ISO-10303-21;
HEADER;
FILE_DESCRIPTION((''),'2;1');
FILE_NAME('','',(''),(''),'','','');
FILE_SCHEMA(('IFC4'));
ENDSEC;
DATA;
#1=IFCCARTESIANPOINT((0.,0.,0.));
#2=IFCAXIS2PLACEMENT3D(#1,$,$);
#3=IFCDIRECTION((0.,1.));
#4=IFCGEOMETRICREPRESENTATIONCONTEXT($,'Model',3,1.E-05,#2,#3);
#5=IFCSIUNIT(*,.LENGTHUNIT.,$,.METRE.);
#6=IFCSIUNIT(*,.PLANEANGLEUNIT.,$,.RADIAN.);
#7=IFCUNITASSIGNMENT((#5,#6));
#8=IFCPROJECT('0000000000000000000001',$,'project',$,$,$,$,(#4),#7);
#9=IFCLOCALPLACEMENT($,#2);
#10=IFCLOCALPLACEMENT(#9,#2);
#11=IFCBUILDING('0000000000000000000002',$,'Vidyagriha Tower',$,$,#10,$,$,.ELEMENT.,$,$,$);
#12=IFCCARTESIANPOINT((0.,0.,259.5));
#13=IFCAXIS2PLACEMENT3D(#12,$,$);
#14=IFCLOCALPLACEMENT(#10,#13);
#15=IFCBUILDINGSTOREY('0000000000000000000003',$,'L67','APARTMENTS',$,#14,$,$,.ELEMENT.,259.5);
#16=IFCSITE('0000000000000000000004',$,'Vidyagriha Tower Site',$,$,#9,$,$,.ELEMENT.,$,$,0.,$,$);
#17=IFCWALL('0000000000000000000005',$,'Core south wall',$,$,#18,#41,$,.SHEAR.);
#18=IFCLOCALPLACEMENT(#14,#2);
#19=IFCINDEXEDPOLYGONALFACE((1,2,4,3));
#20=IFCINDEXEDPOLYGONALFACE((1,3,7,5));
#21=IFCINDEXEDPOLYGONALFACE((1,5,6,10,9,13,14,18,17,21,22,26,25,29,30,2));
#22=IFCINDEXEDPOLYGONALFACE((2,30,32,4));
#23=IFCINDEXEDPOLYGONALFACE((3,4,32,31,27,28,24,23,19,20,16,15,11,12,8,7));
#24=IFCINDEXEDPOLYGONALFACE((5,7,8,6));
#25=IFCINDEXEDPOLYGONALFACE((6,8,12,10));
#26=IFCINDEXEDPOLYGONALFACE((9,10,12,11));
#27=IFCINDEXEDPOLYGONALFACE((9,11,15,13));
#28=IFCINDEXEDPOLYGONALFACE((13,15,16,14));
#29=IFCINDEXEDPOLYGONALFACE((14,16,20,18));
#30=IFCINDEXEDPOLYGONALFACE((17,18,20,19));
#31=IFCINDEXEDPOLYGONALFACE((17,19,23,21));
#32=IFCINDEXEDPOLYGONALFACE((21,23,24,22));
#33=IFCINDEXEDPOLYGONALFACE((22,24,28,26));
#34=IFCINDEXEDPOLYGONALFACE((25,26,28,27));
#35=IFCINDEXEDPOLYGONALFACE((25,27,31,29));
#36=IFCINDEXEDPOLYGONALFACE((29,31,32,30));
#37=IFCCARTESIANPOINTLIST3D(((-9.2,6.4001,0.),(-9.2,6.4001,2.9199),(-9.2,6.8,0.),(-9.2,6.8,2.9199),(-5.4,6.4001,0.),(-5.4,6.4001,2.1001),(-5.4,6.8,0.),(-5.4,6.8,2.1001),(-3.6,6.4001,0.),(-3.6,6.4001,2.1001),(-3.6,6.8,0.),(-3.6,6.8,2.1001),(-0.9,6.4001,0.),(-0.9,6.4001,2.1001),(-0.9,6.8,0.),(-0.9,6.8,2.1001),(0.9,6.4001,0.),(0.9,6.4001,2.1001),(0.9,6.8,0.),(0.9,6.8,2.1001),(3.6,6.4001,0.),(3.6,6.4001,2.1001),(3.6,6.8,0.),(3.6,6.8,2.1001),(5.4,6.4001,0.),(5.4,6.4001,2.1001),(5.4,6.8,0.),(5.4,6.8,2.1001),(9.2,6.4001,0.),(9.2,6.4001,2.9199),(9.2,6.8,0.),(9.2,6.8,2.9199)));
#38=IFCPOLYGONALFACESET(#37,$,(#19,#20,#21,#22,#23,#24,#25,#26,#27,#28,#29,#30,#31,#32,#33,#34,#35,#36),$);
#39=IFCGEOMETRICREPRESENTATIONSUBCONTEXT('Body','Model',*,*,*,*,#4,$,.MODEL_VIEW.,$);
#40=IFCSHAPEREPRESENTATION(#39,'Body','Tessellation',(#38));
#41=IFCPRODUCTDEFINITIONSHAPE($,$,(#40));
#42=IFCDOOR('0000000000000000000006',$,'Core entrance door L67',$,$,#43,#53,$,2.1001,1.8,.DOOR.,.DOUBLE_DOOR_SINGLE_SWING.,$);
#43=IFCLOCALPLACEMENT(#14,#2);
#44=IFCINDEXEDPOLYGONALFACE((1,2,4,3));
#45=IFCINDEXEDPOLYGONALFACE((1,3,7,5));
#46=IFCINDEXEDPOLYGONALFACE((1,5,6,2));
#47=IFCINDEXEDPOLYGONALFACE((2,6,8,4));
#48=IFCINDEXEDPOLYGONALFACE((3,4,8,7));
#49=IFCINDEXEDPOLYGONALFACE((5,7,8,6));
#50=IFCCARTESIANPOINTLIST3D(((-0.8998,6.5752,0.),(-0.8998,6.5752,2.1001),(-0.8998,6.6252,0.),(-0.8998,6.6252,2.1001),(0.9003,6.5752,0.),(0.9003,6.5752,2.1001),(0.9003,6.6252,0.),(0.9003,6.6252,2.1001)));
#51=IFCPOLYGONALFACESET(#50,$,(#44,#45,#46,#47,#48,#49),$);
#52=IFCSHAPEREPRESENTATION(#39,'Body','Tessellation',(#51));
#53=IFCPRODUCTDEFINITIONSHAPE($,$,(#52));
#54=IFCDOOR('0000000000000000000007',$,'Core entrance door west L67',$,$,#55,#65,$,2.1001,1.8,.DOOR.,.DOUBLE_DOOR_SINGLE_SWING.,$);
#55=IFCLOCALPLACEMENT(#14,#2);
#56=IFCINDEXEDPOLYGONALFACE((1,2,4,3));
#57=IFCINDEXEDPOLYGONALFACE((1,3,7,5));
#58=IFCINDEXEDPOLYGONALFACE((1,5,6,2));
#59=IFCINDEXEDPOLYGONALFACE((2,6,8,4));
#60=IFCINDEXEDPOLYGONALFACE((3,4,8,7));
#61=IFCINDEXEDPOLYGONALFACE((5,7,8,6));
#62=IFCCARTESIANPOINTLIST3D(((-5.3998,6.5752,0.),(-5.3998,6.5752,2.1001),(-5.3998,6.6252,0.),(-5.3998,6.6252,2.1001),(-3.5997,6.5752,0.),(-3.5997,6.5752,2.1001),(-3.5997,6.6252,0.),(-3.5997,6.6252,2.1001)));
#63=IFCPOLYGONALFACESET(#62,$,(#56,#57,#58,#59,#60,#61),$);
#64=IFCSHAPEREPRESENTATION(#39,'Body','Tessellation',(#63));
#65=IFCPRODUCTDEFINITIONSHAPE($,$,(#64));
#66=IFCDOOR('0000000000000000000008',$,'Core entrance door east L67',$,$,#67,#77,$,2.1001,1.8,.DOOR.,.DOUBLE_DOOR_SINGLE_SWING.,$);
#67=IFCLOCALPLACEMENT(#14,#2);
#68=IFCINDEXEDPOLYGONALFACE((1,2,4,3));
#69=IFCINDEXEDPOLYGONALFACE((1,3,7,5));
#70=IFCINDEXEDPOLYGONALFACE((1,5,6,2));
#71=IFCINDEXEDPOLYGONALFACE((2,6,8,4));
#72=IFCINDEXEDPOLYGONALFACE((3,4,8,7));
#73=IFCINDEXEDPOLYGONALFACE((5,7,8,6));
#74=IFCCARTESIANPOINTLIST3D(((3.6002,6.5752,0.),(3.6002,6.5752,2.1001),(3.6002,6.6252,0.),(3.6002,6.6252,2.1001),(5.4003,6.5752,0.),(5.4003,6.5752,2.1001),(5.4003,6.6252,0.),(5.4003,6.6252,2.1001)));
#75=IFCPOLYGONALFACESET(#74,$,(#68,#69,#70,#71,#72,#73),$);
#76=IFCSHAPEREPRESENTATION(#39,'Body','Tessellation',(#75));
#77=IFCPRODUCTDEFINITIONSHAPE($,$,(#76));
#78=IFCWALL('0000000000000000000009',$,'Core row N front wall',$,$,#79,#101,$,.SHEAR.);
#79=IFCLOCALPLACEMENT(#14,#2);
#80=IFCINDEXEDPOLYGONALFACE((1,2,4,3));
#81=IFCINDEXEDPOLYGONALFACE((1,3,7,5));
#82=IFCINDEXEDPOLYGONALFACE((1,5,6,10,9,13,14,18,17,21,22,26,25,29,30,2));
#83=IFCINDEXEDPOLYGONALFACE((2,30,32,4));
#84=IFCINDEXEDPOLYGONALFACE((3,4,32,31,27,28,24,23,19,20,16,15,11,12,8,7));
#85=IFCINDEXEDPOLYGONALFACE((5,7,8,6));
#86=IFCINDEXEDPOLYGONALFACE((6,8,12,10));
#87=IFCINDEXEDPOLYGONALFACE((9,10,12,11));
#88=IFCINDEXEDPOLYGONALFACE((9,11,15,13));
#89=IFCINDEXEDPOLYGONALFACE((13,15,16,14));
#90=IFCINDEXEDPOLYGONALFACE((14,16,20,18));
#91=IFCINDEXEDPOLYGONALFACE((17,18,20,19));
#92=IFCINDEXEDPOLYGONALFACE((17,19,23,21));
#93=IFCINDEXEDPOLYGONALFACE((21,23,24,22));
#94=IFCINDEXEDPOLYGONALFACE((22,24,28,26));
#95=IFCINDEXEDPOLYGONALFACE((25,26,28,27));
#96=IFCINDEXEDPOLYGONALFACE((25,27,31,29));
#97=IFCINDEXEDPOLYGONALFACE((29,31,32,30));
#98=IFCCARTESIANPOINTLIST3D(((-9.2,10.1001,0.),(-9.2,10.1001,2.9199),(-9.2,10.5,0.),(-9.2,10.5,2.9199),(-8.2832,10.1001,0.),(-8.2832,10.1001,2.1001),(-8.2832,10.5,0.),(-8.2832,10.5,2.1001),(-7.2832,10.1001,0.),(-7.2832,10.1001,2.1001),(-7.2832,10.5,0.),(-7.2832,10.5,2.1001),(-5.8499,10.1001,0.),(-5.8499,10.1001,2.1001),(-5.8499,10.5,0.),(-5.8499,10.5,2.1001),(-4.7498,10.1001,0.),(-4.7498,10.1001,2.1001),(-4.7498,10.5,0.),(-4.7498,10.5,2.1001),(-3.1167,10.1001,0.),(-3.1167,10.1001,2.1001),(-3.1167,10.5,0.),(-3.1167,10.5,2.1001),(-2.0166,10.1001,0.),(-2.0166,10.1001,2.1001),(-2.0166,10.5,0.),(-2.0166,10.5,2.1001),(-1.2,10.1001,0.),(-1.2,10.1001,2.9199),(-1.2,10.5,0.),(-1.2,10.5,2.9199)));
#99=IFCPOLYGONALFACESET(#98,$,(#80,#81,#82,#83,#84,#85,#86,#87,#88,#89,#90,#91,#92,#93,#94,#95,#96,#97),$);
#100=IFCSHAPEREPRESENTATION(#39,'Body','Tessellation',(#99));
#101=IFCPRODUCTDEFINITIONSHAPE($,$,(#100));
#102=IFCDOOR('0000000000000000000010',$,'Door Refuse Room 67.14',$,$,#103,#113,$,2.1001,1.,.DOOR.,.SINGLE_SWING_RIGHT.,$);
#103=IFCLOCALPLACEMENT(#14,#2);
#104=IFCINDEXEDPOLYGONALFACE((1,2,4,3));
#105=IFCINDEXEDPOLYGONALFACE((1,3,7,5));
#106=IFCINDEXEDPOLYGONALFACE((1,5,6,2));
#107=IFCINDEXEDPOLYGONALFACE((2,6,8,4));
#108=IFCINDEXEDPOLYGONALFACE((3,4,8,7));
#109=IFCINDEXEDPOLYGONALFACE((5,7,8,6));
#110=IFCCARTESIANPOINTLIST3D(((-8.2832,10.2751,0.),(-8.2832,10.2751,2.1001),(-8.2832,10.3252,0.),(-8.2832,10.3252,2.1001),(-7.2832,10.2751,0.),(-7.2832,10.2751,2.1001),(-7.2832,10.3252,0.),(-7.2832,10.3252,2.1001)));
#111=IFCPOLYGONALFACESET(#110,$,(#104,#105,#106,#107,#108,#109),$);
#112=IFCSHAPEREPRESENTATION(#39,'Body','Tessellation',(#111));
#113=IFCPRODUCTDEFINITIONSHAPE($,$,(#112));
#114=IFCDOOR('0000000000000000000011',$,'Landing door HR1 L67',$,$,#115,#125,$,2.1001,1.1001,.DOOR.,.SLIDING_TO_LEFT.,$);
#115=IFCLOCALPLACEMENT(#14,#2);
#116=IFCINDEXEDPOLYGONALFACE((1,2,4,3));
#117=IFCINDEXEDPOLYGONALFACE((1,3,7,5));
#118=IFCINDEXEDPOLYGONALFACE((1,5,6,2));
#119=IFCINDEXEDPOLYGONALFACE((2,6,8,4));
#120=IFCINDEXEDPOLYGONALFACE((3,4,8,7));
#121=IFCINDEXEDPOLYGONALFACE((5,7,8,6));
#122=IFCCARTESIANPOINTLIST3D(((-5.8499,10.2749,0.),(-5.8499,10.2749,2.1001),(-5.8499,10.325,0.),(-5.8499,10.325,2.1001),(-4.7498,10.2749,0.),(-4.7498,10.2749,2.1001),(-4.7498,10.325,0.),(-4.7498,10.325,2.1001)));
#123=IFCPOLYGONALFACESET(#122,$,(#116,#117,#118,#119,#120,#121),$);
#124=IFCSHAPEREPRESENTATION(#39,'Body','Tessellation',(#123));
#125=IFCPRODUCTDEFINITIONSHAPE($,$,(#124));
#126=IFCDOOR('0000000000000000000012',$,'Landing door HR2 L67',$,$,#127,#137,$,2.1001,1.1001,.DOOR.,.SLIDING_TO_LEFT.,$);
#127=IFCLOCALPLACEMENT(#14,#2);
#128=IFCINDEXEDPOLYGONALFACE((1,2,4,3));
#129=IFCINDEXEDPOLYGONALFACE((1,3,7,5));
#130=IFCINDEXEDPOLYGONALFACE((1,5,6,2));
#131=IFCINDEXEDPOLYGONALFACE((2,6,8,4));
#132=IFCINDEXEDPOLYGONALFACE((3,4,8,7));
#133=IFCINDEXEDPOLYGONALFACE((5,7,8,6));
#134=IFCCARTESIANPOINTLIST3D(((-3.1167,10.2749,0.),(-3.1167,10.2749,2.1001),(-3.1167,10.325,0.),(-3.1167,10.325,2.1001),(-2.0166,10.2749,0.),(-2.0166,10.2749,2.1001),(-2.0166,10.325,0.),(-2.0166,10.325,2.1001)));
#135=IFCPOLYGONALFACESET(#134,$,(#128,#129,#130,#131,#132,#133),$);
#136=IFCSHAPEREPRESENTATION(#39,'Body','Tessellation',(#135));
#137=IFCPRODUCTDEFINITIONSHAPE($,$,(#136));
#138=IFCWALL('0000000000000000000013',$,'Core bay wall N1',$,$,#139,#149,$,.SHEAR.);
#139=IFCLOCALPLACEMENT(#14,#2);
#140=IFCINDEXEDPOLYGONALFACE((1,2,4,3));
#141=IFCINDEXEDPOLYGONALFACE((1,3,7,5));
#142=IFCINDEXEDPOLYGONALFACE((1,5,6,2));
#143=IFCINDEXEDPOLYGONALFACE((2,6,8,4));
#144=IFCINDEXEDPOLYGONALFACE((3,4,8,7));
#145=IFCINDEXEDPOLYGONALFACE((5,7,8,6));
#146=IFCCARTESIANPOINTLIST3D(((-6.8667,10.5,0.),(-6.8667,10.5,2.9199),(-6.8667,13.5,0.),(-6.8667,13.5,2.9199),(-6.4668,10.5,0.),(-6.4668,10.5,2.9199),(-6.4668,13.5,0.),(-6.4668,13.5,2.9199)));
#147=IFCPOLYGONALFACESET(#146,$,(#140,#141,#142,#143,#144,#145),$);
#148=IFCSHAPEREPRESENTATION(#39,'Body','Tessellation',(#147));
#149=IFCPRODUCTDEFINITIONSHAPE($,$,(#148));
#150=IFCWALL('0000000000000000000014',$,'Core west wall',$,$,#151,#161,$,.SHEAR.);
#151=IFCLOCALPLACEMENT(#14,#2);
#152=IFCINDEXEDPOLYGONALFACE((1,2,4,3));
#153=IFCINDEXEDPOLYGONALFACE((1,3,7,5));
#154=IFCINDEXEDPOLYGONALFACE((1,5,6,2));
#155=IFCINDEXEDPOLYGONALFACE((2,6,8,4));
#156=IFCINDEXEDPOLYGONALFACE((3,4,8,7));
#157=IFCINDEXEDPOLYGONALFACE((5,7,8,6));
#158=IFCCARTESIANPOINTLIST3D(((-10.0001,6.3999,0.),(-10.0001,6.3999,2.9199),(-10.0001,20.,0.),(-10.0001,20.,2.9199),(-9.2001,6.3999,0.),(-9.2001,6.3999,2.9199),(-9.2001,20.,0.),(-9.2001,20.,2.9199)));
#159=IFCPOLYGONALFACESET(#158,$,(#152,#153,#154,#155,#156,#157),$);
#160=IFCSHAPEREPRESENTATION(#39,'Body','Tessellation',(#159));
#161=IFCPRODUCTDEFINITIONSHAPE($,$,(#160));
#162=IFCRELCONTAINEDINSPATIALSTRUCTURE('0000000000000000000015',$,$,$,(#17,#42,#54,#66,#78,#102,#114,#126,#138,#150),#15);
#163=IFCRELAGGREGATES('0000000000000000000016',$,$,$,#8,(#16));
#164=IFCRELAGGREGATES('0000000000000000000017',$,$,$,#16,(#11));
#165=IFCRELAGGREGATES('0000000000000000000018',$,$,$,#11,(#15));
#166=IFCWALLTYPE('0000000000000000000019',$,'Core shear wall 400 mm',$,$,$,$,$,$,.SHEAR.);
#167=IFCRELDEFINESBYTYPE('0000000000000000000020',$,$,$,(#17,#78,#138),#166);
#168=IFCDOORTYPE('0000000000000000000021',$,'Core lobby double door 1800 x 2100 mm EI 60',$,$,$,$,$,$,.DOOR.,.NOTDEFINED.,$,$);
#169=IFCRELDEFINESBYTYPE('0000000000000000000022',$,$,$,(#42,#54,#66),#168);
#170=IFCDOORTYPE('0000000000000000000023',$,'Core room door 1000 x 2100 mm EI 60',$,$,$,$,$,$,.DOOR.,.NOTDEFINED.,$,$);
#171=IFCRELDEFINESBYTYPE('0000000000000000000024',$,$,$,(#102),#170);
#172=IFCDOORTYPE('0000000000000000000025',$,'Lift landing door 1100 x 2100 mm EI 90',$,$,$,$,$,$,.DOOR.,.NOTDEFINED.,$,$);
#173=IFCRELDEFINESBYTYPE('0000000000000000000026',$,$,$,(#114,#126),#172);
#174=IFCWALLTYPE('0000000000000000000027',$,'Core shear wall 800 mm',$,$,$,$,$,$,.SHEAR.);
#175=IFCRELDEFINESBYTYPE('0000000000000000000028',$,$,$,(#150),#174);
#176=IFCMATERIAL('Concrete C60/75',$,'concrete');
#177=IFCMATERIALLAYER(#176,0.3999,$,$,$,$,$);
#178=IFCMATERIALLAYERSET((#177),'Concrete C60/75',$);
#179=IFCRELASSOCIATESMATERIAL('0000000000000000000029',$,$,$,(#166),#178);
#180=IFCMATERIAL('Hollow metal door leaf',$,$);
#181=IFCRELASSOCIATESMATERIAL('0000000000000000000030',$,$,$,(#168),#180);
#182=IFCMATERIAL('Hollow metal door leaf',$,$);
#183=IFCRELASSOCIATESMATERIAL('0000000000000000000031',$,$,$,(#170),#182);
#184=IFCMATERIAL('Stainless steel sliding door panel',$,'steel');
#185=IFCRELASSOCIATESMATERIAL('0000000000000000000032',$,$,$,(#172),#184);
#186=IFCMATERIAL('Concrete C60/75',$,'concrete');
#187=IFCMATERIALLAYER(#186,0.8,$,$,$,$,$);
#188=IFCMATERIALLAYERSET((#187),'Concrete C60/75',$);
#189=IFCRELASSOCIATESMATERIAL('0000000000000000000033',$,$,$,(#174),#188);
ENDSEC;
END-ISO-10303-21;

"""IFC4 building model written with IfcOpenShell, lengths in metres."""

from ifc_helpers import new_model, si_unit, direction, frame, frame_2d, origin, place, context, subcontext, project, spatial, rectangle, extrude, material, layer, layer_set, type_object, element, fill, save


model = new_model("IFC4")

# Units and contexts
model_context = context("Model", 3, precision=1e-05, world=origin(), true_north=direction((0.0, 1.0)))
body_context = subcontext(model_context, "Body", "Model", "MODEL_VIEW")
ifc_project = project(units=[si_unit("LENGTHUNIT", "METRE"), si_unit("PLANEANGLEUNIT", "RADIAN")], contexts=[model_context])

# Site, building, storey
site_placement = place(None, origin())
site = spatial("IfcSite", under=ifc_project, at=site_placement, Name="Vidyagriha Tower Site", CompositionType="ELEMENT", RefElevation=0.0)
building_placement = place(site_placement, origin())
building = spatial("IfcBuilding", under=site, at=building_placement, Name="Vidyagriha Tower", CompositionType="ELEMENT")
storey_placement = place(building_placement, frame((0.0, 0.0, 259.5)))
storey = spatial("IfcBuildingStorey", under=building, at=storey_placement, Name="L67", Description="APARTMENTS", CompositionType="ELEMENT", Elevation=259.5)

# Walls, openings, doors
ifc_material_1 = material(Name="Concrete C60/75", Category="concrete")
ifc_layer_1 = layer(ifc_material_1, 0.3999)
ifc_layer_set_1 = layer_set([ifc_layer_1], Name="Concrete C60/75")
wall_type_1 = type_object("IfcWallType", Name="Core shear wall 400 mm", PredefinedType="SHEAR", material=ifc_layer_set_1)
wall_1_placement = place(storey_placement, frame((-9.2, 6.6001, 0.0)))
wall_1 = element("IfcWall", 1, at=wall_1_placement, inside=storey, type_object=wall_type_1, Name="Core south wall", PredefinedType="SHEAR", context=body_context, shape_type="SweptSolid", body=[
    extrude(rectangle(XDim=18.3999, YDim=0.3999, at=frame_2d((9.2, 0.0))), origin(), (0.0, 0.0, 1.0), 2.9199),
])
opening_1_placement = place(wall_1_placement, frame((8.3, 0.0, 0.0)))
opening_1 = element("IfcOpeningElement", 2, at=opening_1_placement, cuts=wall_1, PredefinedType="OPENING", context=body_context, shape_type="SweptSolid", body=[
    extrude(rectangle(XDim=1.8, YDim=2.1001, at=frame_2d((0.8999, 1.05))), frame((0.0, 0.21, 0.0), z_axis=(0.0, -1.0, 0.0), x_axis=(1.0, 0.0, 0.0)), (0.0, 0.0, 1.0), 0.4199),
])
opening_2_placement = place(wall_1_placement, frame((3.8, 0.0, 0.0)))
opening_2 = element("IfcOpeningElement", 3, at=opening_2_placement, cuts=wall_1, PredefinedType="OPENING", context=body_context, shape_type="SweptSolid", body=[
    extrude(rectangle(XDim=1.8, YDim=2.1001, at=frame_2d((0.8999, 1.05))), frame((0.0, 0.21, 0.0), z_axis=(0.0, -1.0, 0.0), x_axis=(1.0, 0.0, 0.0)), (0.0, 0.0, 1.0), 0.4199),
])
opening_3_placement = place(wall_1_placement, frame((12.8, 0.0, 0.0)))
opening_3 = element("IfcOpeningElement", 4, at=opening_3_placement, cuts=wall_1, PredefinedType="OPENING", context=body_context, shape_type="SweptSolid", body=[
    extrude(rectangle(XDim=1.8, YDim=2.1001, at=frame_2d((0.8999, 1.05))), frame((0.0, 0.21, 0.0), z_axis=(0.0, -1.0, 0.0), x_axis=(1.0, 0.0, 0.0)), (0.0, 0.0, 1.0), 0.4199),
])
ifc_material_2 = material(Name="Hollow metal door leaf")
door_type_1 = type_object("IfcDoorType", Name="Core lobby double door 1800 x 2100 mm EI 60", OperationType="NOTDEFINED", PredefinedType="DOOR", material=ifc_material_2)
door_1_placement = place(opening_1_placement, frame((1.8, 0.0, 0.0), z_axis=(0.0, 0.0, 1.0), x_axis=(-1.0, 0.0, 0.0)))
door_1 = element("IfcDoor", 5, at=door_1_placement, inside=storey, type_object=door_type_1, Name="Core entrance door L67", OperationType="DOUBLE_DOOR_SINGLE_SWING", OverallHeight=2.1001, OverallWidth=1.8, PredefinedType="DOOR", context=body_context, shape_type="SweptSolid", body=[
    extrude(rectangle(XDim=1.8, YDim=2.1001, at=frame_2d((0.8999, 1.05))), frame((0.0, 0.0249, 0.0), z_axis=(0.0, -1.0, 0.0), x_axis=(1.0, 0.0, 0.0)), (0.0, 0.0, 1.0), 0.05),
])
fill(opening_1, door_1)
door_2_placement = place(opening_2_placement, frame((1.8, 0.0, 0.0), z_axis=(0.0, 0.0, 1.0), x_axis=(-1.0, 0.0, 0.0)))
door_2 = element("IfcDoor", 6, at=door_2_placement, inside=storey, type_object=door_type_1, Name="Core entrance door west L67", OperationType="DOUBLE_DOOR_SINGLE_SWING", OverallHeight=2.1001, OverallWidth=1.8, PredefinedType="DOOR", context=body_context, shape_type="SweptSolid", body=[
    extrude(rectangle(XDim=1.8, YDim=2.1001, at=frame_2d((0.8999, 1.05))), frame((0.0, 0.0249, 0.0), z_axis=(0.0, -1.0, 0.0), x_axis=(1.0, 0.0, 0.0)), (0.0, 0.0, 1.0), 0.05),
])
fill(opening_2, door_2)
door_3_placement = place(opening_3_placement, frame((1.8, 0.0, 0.0), z_axis=(0.0, 0.0, 1.0), x_axis=(-1.0, 0.0, 0.0)))
door_3 = element("IfcDoor", 7, at=door_3_placement, inside=storey, type_object=door_type_1, Name="Core entrance door east L67", OperationType="DOUBLE_DOOR_SINGLE_SWING", OverallHeight=2.1001, OverallWidth=1.8, PredefinedType="DOOR", context=body_context, shape_type="SweptSolid", body=[
    extrude(rectangle(XDim=1.8, YDim=2.1001, at=frame_2d((0.8999, 1.05))), frame((0.0, 0.0249, 0.0), z_axis=(0.0, -1.0, 0.0), x_axis=(1.0, 0.0, 0.0)), (0.0, 0.0, 1.0), 0.05),
])
fill(opening_3, door_3)
wall_2_placement = place(storey_placement, frame((-9.2, 10.3, 0.0)))
wall_2 = element("IfcWall", 8, at=wall_2_placement, inside=storey, type_object=wall_type_1, Name="Core row N front wall", PredefinedType="SHEAR", context=body_context, shape_type="SweptSolid", body=[
    extrude(rectangle(XDim=8.0, YDim=0.3999, at=frame_2d((4.0, 0.0))), origin(), (0.0, 0.0, 1.0), 2.9199),
])
opening_4_placement = place(wall_2_placement, frame((3.3501, 0.0, 0.0)))
opening_4 = element("IfcOpeningElement", 9, at=opening_4_placement, cuts=wall_2, PredefinedType="OPENING", context=body_context, shape_type="SweptSolid", body=[
    extrude(rectangle(XDim=1.1001, YDim=2.1001, at=frame_2d((0.55, 1.05))), frame((0.0, 0.21, 0.0), z_axis=(0.0, -1.0, 0.0), x_axis=(1.0, 0.0, 0.0)), (0.0, 0.0, 1.0), 0.4199),
])
opening_5_placement = place(wall_2_placement, frame((6.0833, 0.0, 0.0)))
opening_5 = element("IfcOpeningElement", 10, at=opening_5_placement, cuts=wall_2, PredefinedType="OPENING", context=body_context, shape_type="SweptSolid", body=[
    extrude(rectangle(XDim=1.1001, YDim=2.1001, at=frame_2d((0.55, 1.05))), frame((0.0, 0.21, 0.0), z_axis=(0.0, -1.0, 0.0), x_axis=(1.0, 0.0, 0.0)), (0.0, 0.0, 1.0), 0.4199),
])
opening_6_placement = place(wall_2_placement, frame((0.9167, 0.0, 0.0)))
opening_6 = element("IfcOpeningElement", 11, at=opening_6_placement, cuts=wall_2, PredefinedType="OPENING", context=body_context, shape_type="SweptSolid", body=[
    extrude(rectangle(XDim=1.0, YDim=2.1001, at=frame_2d((0.5, 1.05))), frame((0.0, 0.21, 0.0), z_axis=(0.0, -1.0, 0.0), x_axis=(1.0, 0.0, 0.0)), (0.0, 0.0, 1.0), 0.4199),
])
ifc_material_3 = material(Name="Hollow metal door leaf")
door_type_2 = type_object("IfcDoorType", Name="Core room door 1000 x 2100 mm EI 60", OperationType="NOTDEFINED", PredefinedType="DOOR", material=ifc_material_3)
door_4_placement = place(opening_6_placement, frame((1.0, 0.0, 0.0), z_axis=(0.0, 0.0, 1.0), x_axis=(-1.0, 0.0, 0.0)))
door_4 = element("IfcDoor", 12, at=door_4_placement, inside=storey, type_object=door_type_2, Name="Door Refuse Room 67.14", OperationType="SINGLE_SWING_RIGHT", OverallHeight=2.1001, OverallWidth=1.0, PredefinedType="DOOR", context=body_context, shape_type="SweptSolid", body=[
    extrude(rectangle(XDim=1.0, YDim=2.1001, at=frame_2d((0.5, 1.05))), frame((0.0, 0.0249, 0.0), z_axis=(0.0, -1.0, 0.0), x_axis=(1.0, 0.0, 0.0)), (0.0, 0.0, 1.0), 0.05),
])
fill(opening_6, door_4)
ifc_material_4 = material(Name="Stainless steel sliding door panel", Category="steel")
door_type_3 = type_object("IfcDoorType", Name="Lift landing door 1100 x 2100 mm EI 90", OperationType="NOTDEFINED", PredefinedType="DOOR", material=ifc_material_4)
door_5_placement = place(opening_4_placement, origin())
door_5 = element("IfcDoor", 13, at=door_5_placement, inside=storey, type_object=door_type_3, Name="Landing door HR1 L67", OperationType="SLIDING_TO_LEFT", OverallHeight=2.1001, OverallWidth=1.1001, PredefinedType="DOOR", context=body_context, shape_type="SweptSolid", body=[
    extrude(rectangle(XDim=1.1001, YDim=2.1001, at=frame_2d((0.55, 1.05))), frame((0.0, 0.0249, 0.0), z_axis=(0.0, -1.0, 0.0), x_axis=(1.0, 0.0, 0.0)), (0.0, 0.0, 1.0), 0.05),
])
fill(opening_4, door_5)
door_6_placement = place(opening_5_placement, origin())
door_6 = element("IfcDoor", 14, at=door_6_placement, inside=storey, type_object=door_type_3, Name="Landing door HR2 L67", OperationType="SLIDING_TO_LEFT", OverallHeight=2.1001, OverallWidth=1.1001, PredefinedType="DOOR", context=body_context, shape_type="SweptSolid", body=[
    extrude(rectangle(XDim=1.1001, YDim=2.1001, at=frame_2d((0.55, 1.05))), frame((0.0, 0.0249, 0.0), z_axis=(0.0, -1.0, 0.0), x_axis=(1.0, 0.0, 0.0)), (0.0, 0.0, 1.0), 0.05),
])
fill(opening_5, door_6)

# Walls
wall_3_placement = place(storey_placement, frame((-6.6667, 10.5, 0.0), z_axis=(0.0, 0.0, 1.0), x_axis=(0.0, 1.0, 0.0)))
element("IfcWall", 15, at=wall_3_placement, inside=storey, type_object=wall_type_1, Name="Core bay wall N1", PredefinedType="SHEAR", context=body_context, shape_type="SweptSolid", body=[
    extrude(rectangle(XDim=3.0, YDim=0.3999, at=frame_2d((1.5, 0.0))), origin(), (0.0, 0.0, 1.0), 2.9199),
])
ifc_material_5 = material(Name="Concrete C60/75", Category="concrete")
ifc_layer_2 = layer(ifc_material_5, 0.8)
ifc_layer_set_2 = layer_set([ifc_layer_2], Name="Concrete C60/75")
wall_type_2 = type_object("IfcWallType", Name="Core shear wall 800 mm", PredefinedType="SHEAR", material=ifc_layer_set_2)
wall_4_placement = place(storey_placement, frame((-9.6001, 6.3999, 0.0), z_axis=(0.0, 0.0, 1.0), x_axis=(0.0, 1.0, 0.0)))
element("IfcWall", 16, at=wall_4_placement, inside=storey, type_object=wall_type_2, Name="Core west wall", PredefinedType="SHEAR", context=body_context, shape_type="SweptSolid", body=[
    extrude(rectangle(XDim=13.6001, YDim=0.8, at=frame_2d((6.8, 0.0))), origin(), (0.0, 0.0, 1.0), 2.9199),
])

save(model, "model.ifc")
